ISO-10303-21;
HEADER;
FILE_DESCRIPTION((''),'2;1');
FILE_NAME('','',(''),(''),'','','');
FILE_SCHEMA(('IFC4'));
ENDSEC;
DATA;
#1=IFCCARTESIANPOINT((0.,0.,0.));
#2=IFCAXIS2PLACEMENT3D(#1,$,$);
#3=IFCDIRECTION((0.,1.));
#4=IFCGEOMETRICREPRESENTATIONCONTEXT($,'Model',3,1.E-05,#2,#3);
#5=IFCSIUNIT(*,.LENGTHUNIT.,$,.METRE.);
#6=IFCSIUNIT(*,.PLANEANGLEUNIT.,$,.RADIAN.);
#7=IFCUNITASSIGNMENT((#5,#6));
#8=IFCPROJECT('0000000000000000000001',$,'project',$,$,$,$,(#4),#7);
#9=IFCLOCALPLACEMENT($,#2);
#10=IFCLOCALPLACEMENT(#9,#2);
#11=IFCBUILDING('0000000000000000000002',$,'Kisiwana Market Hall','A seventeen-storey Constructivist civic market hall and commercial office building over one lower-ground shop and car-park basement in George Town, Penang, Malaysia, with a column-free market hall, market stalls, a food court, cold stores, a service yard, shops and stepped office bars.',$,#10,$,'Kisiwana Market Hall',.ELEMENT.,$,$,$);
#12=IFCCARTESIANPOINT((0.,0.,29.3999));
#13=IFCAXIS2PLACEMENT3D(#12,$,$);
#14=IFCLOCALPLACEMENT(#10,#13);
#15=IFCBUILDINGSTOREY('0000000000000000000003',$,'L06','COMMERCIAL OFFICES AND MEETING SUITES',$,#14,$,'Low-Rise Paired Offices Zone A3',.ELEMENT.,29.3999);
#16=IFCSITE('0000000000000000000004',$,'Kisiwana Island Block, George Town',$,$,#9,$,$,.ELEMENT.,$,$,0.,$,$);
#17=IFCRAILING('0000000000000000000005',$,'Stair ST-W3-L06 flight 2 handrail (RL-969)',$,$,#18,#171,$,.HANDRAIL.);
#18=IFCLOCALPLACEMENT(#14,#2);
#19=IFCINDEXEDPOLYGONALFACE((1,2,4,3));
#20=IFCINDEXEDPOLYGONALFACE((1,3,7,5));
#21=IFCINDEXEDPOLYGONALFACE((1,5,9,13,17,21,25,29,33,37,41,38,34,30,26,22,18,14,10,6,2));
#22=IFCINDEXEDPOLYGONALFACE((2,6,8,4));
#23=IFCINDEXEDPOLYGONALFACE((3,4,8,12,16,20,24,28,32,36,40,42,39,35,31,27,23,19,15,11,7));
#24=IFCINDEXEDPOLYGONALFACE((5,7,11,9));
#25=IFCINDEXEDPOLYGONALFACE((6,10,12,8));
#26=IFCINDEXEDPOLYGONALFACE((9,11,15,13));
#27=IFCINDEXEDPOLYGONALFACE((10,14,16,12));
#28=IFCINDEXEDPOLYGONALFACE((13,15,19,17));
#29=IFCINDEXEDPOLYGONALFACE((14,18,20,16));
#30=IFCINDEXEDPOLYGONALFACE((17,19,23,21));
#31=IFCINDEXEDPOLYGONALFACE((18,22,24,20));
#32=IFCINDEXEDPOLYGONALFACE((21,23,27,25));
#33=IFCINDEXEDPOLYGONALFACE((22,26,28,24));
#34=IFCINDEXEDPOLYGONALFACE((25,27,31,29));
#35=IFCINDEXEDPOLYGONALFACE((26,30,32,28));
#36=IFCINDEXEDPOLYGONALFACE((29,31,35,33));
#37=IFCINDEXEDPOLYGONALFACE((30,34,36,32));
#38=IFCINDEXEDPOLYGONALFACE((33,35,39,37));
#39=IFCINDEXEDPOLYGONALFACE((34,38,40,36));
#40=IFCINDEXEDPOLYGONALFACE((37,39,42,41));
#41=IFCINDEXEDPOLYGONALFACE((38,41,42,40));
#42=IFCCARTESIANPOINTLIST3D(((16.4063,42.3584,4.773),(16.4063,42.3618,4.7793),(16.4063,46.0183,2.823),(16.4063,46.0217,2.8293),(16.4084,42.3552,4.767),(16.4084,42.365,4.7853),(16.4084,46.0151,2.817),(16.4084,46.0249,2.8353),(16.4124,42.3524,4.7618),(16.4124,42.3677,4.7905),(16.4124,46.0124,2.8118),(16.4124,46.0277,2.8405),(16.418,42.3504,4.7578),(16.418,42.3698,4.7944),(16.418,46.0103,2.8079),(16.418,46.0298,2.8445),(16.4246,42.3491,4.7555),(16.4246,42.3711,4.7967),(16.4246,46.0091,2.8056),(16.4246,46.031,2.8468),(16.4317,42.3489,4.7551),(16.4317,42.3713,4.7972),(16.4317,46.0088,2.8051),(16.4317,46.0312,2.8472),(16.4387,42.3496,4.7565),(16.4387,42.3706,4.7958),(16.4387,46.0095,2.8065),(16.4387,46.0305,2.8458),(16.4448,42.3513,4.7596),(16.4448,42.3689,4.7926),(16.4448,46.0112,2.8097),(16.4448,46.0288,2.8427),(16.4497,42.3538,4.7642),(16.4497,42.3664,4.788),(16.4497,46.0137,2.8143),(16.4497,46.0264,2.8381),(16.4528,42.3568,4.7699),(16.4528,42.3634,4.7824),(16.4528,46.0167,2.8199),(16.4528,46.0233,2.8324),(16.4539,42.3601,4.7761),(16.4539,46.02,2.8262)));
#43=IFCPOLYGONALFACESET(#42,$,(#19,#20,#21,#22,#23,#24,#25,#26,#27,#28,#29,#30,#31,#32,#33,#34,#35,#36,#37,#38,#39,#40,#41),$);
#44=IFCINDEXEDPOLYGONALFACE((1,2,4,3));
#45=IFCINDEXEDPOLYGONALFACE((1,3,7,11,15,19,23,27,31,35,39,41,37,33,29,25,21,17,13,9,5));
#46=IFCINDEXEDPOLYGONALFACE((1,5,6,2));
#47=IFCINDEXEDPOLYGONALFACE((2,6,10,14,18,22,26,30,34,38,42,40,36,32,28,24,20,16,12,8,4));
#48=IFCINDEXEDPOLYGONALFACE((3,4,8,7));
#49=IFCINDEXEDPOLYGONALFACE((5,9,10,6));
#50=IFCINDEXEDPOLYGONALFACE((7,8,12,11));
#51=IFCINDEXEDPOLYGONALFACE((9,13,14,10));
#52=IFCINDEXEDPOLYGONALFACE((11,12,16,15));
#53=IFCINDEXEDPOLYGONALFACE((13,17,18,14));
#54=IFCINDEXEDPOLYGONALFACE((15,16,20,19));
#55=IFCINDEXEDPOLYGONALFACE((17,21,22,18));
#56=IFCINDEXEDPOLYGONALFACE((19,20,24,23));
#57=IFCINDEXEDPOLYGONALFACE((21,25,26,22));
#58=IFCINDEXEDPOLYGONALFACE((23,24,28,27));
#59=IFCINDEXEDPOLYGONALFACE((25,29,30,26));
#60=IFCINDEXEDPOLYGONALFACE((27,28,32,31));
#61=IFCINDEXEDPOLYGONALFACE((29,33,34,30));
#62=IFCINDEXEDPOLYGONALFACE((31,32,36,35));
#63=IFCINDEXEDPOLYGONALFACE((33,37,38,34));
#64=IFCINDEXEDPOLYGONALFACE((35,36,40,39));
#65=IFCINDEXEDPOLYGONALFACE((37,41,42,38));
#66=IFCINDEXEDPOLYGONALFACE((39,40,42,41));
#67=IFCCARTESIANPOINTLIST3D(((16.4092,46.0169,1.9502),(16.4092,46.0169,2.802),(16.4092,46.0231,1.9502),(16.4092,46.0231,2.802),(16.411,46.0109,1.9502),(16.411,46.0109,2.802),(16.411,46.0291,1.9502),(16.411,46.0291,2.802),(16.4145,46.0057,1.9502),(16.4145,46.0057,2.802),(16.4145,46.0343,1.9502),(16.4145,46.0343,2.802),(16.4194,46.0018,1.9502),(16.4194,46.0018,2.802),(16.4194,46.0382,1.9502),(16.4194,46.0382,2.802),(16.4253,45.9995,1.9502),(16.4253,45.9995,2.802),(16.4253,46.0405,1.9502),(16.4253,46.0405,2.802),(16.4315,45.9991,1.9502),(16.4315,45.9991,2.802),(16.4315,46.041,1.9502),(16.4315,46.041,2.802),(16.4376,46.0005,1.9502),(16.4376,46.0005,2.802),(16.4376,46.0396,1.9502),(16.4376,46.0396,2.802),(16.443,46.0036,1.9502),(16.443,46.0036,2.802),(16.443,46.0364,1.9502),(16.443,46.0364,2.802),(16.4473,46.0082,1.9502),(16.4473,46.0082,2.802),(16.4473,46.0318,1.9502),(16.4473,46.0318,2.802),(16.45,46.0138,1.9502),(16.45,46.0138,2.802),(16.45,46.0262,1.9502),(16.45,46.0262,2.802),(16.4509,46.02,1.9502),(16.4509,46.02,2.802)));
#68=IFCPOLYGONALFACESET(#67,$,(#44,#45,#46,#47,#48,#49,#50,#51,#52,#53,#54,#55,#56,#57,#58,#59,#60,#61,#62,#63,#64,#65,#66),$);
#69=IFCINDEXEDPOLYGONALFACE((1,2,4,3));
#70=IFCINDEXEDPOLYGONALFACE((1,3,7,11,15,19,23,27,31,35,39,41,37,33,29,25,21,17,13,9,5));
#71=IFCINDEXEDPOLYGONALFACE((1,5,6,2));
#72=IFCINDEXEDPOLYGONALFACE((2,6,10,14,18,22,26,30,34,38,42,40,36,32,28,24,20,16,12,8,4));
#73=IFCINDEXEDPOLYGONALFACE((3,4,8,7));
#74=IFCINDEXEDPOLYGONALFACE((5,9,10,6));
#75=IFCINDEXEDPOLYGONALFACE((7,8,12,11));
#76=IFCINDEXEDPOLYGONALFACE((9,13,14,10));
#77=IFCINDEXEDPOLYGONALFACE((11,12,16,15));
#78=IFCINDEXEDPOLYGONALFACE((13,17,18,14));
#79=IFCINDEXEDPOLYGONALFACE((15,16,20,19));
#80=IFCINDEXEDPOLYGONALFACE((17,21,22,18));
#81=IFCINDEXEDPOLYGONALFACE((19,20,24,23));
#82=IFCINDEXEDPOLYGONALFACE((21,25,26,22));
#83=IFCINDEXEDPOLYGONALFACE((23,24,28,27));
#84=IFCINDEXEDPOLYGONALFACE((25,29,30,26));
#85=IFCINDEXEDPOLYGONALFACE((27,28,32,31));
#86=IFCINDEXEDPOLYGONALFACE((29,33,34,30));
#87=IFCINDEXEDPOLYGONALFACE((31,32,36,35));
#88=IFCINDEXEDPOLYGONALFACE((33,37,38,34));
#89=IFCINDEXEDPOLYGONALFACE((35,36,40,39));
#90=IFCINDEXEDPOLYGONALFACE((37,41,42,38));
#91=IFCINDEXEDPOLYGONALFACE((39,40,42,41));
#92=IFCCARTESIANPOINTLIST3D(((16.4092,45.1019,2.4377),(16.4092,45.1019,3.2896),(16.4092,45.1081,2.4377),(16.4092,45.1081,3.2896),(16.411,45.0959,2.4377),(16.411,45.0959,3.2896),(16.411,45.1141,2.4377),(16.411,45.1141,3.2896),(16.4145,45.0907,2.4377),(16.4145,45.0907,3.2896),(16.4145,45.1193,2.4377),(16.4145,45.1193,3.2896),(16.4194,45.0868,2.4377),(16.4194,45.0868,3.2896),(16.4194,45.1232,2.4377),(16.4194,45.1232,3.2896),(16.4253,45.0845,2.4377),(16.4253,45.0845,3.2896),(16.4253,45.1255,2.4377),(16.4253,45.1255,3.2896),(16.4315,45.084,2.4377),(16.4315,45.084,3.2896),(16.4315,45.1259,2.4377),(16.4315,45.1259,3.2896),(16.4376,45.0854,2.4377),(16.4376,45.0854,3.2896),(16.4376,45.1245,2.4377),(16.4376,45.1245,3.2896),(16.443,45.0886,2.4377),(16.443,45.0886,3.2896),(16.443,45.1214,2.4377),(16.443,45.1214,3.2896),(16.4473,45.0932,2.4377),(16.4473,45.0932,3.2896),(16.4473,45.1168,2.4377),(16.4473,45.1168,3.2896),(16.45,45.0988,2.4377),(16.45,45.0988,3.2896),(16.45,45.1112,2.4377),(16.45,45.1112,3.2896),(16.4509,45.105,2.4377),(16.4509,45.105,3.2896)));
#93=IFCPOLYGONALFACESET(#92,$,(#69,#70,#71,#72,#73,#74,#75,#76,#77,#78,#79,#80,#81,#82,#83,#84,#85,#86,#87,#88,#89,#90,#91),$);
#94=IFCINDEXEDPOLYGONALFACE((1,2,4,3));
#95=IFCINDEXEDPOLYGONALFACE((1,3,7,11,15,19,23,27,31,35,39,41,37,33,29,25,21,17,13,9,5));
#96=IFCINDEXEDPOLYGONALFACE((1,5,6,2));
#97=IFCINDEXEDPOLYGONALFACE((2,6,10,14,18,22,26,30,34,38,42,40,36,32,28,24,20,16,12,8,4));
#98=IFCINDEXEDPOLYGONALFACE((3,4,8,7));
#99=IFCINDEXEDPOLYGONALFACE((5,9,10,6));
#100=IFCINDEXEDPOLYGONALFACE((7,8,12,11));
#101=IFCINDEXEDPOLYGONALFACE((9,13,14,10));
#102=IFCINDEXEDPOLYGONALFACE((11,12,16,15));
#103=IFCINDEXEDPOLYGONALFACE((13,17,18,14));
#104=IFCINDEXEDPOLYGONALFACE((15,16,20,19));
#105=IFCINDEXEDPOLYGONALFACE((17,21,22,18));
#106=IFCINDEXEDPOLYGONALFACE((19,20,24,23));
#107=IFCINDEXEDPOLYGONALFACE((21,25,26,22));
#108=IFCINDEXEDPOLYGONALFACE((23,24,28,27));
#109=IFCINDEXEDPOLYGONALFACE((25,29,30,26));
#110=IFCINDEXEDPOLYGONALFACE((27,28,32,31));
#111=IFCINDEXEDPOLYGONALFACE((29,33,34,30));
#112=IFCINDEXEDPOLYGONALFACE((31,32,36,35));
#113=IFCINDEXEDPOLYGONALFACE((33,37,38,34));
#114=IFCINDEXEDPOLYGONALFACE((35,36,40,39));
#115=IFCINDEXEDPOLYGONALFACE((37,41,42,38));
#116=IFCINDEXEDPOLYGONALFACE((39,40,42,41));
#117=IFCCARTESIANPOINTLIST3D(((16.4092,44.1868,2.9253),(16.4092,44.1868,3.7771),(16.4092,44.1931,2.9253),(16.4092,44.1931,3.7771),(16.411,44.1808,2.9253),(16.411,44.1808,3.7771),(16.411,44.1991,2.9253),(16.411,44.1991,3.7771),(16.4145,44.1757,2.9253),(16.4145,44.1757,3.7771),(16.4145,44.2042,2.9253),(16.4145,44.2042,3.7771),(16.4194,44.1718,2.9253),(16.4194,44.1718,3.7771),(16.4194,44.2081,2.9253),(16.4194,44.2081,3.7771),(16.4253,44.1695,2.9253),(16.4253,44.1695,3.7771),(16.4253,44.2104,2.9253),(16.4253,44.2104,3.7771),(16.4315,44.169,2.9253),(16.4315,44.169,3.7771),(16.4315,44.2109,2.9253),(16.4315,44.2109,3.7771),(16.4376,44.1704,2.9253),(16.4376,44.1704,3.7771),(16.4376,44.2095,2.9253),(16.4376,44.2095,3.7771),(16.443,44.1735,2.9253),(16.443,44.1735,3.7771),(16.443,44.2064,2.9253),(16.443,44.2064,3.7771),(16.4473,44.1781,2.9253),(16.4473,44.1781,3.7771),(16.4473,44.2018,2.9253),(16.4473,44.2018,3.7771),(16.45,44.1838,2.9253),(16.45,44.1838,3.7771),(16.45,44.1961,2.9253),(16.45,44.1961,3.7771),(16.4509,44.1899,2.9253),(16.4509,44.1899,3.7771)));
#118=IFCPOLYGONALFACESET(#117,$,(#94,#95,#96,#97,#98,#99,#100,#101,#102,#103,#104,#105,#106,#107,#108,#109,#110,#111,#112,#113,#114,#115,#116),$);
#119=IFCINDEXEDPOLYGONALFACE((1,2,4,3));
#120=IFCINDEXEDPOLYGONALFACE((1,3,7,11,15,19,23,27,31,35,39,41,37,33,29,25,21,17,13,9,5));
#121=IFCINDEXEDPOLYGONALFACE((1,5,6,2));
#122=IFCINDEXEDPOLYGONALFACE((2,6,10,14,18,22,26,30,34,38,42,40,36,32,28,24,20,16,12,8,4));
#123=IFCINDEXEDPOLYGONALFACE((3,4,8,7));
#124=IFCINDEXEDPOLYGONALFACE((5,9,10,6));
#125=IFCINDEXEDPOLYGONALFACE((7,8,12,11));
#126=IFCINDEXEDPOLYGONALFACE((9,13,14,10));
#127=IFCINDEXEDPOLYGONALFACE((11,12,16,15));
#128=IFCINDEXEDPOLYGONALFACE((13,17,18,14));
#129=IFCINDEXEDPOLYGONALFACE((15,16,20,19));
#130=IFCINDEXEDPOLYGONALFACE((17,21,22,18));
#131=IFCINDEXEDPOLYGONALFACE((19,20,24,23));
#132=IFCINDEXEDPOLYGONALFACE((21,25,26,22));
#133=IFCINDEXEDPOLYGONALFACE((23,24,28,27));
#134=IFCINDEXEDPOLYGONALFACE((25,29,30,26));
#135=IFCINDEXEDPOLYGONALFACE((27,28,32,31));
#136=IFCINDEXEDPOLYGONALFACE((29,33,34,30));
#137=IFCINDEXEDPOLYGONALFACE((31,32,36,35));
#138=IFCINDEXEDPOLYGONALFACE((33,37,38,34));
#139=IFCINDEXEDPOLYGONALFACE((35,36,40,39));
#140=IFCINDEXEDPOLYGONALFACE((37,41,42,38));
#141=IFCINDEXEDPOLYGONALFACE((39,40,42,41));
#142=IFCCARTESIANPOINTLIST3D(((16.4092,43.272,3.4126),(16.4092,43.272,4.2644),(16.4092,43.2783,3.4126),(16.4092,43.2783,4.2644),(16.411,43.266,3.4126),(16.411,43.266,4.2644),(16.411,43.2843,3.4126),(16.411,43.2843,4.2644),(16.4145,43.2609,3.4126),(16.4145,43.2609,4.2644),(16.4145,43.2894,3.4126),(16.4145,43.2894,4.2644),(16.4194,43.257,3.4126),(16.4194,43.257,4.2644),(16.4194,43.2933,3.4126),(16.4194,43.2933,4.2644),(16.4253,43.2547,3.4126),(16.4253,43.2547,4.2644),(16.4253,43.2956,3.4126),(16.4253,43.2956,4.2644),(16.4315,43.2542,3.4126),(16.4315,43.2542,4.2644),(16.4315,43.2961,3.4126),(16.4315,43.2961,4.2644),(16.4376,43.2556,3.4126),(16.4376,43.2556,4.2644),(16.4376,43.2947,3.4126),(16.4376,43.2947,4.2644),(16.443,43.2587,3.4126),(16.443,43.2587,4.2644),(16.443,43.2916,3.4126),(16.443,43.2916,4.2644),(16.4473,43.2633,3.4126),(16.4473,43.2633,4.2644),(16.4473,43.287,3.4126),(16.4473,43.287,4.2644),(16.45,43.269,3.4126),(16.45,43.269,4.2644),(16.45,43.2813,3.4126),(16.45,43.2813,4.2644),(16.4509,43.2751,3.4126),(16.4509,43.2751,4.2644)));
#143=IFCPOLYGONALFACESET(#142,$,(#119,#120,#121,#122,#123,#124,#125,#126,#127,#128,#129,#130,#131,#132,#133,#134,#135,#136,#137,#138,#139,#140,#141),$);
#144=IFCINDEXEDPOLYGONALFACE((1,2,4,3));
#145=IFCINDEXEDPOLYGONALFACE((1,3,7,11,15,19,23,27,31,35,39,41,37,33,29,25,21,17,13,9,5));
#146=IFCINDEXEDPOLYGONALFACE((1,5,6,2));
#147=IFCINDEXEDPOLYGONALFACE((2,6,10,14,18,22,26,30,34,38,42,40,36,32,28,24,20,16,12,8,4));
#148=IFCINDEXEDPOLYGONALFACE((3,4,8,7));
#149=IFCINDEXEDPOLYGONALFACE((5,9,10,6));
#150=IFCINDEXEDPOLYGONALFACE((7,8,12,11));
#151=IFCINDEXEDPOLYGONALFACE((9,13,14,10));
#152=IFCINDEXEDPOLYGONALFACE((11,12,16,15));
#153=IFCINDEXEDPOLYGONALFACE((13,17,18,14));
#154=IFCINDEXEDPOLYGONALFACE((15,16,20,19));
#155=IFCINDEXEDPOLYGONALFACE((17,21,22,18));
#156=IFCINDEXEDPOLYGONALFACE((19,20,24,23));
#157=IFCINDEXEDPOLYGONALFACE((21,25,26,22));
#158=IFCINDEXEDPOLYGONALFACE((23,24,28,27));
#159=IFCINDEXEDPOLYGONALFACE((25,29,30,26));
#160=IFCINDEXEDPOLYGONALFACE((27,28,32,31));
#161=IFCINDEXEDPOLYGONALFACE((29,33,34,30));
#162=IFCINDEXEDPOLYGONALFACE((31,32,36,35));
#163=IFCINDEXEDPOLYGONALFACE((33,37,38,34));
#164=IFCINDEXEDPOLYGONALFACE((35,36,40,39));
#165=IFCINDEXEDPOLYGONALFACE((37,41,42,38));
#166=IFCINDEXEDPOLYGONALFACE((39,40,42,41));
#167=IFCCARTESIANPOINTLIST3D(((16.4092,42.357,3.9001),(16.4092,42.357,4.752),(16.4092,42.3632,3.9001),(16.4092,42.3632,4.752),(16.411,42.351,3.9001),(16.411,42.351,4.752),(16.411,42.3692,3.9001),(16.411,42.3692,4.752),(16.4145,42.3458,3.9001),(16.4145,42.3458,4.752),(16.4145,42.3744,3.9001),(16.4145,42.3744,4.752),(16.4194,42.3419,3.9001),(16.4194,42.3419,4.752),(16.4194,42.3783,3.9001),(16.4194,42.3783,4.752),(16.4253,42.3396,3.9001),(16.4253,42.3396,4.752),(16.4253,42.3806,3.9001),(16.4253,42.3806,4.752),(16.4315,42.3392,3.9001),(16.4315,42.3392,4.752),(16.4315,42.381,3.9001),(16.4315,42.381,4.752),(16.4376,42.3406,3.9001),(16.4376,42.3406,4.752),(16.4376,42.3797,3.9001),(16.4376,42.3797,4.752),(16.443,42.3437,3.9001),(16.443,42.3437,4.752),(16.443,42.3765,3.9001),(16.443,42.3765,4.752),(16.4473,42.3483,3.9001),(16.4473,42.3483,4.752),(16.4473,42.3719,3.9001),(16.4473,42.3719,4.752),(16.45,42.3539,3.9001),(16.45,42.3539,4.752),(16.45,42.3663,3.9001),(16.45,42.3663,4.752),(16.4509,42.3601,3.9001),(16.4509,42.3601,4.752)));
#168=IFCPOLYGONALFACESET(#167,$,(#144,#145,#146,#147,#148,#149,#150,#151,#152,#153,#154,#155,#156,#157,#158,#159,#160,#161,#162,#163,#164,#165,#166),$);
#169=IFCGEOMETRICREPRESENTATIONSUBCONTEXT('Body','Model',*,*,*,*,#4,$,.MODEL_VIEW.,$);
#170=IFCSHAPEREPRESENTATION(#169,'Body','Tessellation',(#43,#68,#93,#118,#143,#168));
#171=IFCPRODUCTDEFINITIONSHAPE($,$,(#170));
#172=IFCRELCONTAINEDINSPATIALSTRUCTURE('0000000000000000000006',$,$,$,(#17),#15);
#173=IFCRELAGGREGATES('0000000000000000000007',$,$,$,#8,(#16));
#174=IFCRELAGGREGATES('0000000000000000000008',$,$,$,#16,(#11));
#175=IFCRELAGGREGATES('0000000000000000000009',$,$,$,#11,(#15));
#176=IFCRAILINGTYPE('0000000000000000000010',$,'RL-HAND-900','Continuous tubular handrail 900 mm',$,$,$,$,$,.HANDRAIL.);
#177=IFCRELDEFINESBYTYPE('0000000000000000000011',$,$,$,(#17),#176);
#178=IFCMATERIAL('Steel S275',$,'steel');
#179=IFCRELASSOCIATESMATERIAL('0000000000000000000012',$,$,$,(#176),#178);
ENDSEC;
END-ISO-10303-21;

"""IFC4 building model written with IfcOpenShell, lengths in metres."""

from ifc_helpers import new_model, si_unit, direction, frame, origin, origin_2d, place, context, subcontext, project, spatial, circle, extrude, material, type_object, element, save


model = new_model("IFC4")

# Units and contexts
model_context = context("Model", 3, precision=1e-05, world=origin(), true_north=direction((0.0, 1.0)))
body_context = subcontext(model_context, "Body", "Model", "MODEL_VIEW")
ifc_project = project(units=[si_unit("LENGTHUNIT", "METRE"), si_unit("PLANEANGLEUNIT", "RADIAN")], contexts=[model_context])

# Site, building, storey
site_placement = place(None, origin())
site = spatial("IfcSite", under=ifc_project, at=site_placement, Name="Kisiwana Island Block, George Town", CompositionType="ELEMENT", RefElevation=0.0)
building_placement = place(site_placement, origin())
building = spatial("IfcBuilding", under=site, at=building_placement, Name="Kisiwana Market Hall", Description="A seventeen-storey Constructivist civic market hall and commercial office building over one lower-ground shop and car-park basement in George Town, Penang, Malaysia, with a column-free market hall, market stalls, a food court, cold stores, a service yard, shops and stepped office bars.", LongName="Kisiwana Market Hall", CompositionType="ELEMENT")
storey_placement = place(building_placement, frame((0.0, 0.0, 29.3999)))
storey = spatial("IfcBuildingStorey", under=building, at=storey_placement, Name="L06", Description="COMMERCIAL OFFICES AND MEETING SUITES", LongName="Low-Rise Paired Offices Zone A3", CompositionType="ELEMENT", Elevation=29.3999)

# Railing
ifc_material_1 = material(Name="Steel S275", Category="steel")
railing_type_1 = type_object("IfcRailingType", Name="RL-HAND-900", Description="Continuous tubular handrail 900 mm", PredefinedType="HANDRAIL", material=ifc_material_1)
for number, where, name in (
    (1, (16.4299, 46.02, 1.9502), "Stair ST-W3-L06 flight 2 handrail (RL-969)"),
):
    element("IfcRailing", number, at=place(storey_placement, frame(where)), inside=storey, type_object=railing_type_1, Name=name, PredefinedType="HANDRAIL", context=body_context, shape_type="SweptSolid", body=[
        extrude(circle(Radius=0.0239, at=origin_2d()), frame((0.0, 0.0, 0.876), z_axis=(0.0, -0.882553, 0.470212), x_axis=(1.0, 0.0, 0.0)), (0.0, 0.0, 1.0), 4.147),
        extrude(circle(Radius=0.021, at=origin_2d()), origin(), (0.0, 0.0, 1.0), 0.8518),
        extrude(circle(Radius=0.021, at=origin_2d()), frame((0.0, -0.915, 0.4875)), (0.0, 0.0, 1.0), 0.8518),
        extrude(circle(Radius=0.021, at=origin_2d()), frame((0.0, -1.8301, 0.9751)), (0.0, 0.0, 1.0), 0.8518),
        extrude(circle(Radius=0.021, at=origin_2d()), frame((0.0, -2.7449, 1.4624)), (0.0, 0.0, 1.0), 0.8518),
        extrude(circle(Radius=0.021, at=origin_2d()), frame((0.0, -3.6599, 1.95)), (0.0, 0.0, 1.0), 0.8518),
    ])

save(model, "model.ifc")
